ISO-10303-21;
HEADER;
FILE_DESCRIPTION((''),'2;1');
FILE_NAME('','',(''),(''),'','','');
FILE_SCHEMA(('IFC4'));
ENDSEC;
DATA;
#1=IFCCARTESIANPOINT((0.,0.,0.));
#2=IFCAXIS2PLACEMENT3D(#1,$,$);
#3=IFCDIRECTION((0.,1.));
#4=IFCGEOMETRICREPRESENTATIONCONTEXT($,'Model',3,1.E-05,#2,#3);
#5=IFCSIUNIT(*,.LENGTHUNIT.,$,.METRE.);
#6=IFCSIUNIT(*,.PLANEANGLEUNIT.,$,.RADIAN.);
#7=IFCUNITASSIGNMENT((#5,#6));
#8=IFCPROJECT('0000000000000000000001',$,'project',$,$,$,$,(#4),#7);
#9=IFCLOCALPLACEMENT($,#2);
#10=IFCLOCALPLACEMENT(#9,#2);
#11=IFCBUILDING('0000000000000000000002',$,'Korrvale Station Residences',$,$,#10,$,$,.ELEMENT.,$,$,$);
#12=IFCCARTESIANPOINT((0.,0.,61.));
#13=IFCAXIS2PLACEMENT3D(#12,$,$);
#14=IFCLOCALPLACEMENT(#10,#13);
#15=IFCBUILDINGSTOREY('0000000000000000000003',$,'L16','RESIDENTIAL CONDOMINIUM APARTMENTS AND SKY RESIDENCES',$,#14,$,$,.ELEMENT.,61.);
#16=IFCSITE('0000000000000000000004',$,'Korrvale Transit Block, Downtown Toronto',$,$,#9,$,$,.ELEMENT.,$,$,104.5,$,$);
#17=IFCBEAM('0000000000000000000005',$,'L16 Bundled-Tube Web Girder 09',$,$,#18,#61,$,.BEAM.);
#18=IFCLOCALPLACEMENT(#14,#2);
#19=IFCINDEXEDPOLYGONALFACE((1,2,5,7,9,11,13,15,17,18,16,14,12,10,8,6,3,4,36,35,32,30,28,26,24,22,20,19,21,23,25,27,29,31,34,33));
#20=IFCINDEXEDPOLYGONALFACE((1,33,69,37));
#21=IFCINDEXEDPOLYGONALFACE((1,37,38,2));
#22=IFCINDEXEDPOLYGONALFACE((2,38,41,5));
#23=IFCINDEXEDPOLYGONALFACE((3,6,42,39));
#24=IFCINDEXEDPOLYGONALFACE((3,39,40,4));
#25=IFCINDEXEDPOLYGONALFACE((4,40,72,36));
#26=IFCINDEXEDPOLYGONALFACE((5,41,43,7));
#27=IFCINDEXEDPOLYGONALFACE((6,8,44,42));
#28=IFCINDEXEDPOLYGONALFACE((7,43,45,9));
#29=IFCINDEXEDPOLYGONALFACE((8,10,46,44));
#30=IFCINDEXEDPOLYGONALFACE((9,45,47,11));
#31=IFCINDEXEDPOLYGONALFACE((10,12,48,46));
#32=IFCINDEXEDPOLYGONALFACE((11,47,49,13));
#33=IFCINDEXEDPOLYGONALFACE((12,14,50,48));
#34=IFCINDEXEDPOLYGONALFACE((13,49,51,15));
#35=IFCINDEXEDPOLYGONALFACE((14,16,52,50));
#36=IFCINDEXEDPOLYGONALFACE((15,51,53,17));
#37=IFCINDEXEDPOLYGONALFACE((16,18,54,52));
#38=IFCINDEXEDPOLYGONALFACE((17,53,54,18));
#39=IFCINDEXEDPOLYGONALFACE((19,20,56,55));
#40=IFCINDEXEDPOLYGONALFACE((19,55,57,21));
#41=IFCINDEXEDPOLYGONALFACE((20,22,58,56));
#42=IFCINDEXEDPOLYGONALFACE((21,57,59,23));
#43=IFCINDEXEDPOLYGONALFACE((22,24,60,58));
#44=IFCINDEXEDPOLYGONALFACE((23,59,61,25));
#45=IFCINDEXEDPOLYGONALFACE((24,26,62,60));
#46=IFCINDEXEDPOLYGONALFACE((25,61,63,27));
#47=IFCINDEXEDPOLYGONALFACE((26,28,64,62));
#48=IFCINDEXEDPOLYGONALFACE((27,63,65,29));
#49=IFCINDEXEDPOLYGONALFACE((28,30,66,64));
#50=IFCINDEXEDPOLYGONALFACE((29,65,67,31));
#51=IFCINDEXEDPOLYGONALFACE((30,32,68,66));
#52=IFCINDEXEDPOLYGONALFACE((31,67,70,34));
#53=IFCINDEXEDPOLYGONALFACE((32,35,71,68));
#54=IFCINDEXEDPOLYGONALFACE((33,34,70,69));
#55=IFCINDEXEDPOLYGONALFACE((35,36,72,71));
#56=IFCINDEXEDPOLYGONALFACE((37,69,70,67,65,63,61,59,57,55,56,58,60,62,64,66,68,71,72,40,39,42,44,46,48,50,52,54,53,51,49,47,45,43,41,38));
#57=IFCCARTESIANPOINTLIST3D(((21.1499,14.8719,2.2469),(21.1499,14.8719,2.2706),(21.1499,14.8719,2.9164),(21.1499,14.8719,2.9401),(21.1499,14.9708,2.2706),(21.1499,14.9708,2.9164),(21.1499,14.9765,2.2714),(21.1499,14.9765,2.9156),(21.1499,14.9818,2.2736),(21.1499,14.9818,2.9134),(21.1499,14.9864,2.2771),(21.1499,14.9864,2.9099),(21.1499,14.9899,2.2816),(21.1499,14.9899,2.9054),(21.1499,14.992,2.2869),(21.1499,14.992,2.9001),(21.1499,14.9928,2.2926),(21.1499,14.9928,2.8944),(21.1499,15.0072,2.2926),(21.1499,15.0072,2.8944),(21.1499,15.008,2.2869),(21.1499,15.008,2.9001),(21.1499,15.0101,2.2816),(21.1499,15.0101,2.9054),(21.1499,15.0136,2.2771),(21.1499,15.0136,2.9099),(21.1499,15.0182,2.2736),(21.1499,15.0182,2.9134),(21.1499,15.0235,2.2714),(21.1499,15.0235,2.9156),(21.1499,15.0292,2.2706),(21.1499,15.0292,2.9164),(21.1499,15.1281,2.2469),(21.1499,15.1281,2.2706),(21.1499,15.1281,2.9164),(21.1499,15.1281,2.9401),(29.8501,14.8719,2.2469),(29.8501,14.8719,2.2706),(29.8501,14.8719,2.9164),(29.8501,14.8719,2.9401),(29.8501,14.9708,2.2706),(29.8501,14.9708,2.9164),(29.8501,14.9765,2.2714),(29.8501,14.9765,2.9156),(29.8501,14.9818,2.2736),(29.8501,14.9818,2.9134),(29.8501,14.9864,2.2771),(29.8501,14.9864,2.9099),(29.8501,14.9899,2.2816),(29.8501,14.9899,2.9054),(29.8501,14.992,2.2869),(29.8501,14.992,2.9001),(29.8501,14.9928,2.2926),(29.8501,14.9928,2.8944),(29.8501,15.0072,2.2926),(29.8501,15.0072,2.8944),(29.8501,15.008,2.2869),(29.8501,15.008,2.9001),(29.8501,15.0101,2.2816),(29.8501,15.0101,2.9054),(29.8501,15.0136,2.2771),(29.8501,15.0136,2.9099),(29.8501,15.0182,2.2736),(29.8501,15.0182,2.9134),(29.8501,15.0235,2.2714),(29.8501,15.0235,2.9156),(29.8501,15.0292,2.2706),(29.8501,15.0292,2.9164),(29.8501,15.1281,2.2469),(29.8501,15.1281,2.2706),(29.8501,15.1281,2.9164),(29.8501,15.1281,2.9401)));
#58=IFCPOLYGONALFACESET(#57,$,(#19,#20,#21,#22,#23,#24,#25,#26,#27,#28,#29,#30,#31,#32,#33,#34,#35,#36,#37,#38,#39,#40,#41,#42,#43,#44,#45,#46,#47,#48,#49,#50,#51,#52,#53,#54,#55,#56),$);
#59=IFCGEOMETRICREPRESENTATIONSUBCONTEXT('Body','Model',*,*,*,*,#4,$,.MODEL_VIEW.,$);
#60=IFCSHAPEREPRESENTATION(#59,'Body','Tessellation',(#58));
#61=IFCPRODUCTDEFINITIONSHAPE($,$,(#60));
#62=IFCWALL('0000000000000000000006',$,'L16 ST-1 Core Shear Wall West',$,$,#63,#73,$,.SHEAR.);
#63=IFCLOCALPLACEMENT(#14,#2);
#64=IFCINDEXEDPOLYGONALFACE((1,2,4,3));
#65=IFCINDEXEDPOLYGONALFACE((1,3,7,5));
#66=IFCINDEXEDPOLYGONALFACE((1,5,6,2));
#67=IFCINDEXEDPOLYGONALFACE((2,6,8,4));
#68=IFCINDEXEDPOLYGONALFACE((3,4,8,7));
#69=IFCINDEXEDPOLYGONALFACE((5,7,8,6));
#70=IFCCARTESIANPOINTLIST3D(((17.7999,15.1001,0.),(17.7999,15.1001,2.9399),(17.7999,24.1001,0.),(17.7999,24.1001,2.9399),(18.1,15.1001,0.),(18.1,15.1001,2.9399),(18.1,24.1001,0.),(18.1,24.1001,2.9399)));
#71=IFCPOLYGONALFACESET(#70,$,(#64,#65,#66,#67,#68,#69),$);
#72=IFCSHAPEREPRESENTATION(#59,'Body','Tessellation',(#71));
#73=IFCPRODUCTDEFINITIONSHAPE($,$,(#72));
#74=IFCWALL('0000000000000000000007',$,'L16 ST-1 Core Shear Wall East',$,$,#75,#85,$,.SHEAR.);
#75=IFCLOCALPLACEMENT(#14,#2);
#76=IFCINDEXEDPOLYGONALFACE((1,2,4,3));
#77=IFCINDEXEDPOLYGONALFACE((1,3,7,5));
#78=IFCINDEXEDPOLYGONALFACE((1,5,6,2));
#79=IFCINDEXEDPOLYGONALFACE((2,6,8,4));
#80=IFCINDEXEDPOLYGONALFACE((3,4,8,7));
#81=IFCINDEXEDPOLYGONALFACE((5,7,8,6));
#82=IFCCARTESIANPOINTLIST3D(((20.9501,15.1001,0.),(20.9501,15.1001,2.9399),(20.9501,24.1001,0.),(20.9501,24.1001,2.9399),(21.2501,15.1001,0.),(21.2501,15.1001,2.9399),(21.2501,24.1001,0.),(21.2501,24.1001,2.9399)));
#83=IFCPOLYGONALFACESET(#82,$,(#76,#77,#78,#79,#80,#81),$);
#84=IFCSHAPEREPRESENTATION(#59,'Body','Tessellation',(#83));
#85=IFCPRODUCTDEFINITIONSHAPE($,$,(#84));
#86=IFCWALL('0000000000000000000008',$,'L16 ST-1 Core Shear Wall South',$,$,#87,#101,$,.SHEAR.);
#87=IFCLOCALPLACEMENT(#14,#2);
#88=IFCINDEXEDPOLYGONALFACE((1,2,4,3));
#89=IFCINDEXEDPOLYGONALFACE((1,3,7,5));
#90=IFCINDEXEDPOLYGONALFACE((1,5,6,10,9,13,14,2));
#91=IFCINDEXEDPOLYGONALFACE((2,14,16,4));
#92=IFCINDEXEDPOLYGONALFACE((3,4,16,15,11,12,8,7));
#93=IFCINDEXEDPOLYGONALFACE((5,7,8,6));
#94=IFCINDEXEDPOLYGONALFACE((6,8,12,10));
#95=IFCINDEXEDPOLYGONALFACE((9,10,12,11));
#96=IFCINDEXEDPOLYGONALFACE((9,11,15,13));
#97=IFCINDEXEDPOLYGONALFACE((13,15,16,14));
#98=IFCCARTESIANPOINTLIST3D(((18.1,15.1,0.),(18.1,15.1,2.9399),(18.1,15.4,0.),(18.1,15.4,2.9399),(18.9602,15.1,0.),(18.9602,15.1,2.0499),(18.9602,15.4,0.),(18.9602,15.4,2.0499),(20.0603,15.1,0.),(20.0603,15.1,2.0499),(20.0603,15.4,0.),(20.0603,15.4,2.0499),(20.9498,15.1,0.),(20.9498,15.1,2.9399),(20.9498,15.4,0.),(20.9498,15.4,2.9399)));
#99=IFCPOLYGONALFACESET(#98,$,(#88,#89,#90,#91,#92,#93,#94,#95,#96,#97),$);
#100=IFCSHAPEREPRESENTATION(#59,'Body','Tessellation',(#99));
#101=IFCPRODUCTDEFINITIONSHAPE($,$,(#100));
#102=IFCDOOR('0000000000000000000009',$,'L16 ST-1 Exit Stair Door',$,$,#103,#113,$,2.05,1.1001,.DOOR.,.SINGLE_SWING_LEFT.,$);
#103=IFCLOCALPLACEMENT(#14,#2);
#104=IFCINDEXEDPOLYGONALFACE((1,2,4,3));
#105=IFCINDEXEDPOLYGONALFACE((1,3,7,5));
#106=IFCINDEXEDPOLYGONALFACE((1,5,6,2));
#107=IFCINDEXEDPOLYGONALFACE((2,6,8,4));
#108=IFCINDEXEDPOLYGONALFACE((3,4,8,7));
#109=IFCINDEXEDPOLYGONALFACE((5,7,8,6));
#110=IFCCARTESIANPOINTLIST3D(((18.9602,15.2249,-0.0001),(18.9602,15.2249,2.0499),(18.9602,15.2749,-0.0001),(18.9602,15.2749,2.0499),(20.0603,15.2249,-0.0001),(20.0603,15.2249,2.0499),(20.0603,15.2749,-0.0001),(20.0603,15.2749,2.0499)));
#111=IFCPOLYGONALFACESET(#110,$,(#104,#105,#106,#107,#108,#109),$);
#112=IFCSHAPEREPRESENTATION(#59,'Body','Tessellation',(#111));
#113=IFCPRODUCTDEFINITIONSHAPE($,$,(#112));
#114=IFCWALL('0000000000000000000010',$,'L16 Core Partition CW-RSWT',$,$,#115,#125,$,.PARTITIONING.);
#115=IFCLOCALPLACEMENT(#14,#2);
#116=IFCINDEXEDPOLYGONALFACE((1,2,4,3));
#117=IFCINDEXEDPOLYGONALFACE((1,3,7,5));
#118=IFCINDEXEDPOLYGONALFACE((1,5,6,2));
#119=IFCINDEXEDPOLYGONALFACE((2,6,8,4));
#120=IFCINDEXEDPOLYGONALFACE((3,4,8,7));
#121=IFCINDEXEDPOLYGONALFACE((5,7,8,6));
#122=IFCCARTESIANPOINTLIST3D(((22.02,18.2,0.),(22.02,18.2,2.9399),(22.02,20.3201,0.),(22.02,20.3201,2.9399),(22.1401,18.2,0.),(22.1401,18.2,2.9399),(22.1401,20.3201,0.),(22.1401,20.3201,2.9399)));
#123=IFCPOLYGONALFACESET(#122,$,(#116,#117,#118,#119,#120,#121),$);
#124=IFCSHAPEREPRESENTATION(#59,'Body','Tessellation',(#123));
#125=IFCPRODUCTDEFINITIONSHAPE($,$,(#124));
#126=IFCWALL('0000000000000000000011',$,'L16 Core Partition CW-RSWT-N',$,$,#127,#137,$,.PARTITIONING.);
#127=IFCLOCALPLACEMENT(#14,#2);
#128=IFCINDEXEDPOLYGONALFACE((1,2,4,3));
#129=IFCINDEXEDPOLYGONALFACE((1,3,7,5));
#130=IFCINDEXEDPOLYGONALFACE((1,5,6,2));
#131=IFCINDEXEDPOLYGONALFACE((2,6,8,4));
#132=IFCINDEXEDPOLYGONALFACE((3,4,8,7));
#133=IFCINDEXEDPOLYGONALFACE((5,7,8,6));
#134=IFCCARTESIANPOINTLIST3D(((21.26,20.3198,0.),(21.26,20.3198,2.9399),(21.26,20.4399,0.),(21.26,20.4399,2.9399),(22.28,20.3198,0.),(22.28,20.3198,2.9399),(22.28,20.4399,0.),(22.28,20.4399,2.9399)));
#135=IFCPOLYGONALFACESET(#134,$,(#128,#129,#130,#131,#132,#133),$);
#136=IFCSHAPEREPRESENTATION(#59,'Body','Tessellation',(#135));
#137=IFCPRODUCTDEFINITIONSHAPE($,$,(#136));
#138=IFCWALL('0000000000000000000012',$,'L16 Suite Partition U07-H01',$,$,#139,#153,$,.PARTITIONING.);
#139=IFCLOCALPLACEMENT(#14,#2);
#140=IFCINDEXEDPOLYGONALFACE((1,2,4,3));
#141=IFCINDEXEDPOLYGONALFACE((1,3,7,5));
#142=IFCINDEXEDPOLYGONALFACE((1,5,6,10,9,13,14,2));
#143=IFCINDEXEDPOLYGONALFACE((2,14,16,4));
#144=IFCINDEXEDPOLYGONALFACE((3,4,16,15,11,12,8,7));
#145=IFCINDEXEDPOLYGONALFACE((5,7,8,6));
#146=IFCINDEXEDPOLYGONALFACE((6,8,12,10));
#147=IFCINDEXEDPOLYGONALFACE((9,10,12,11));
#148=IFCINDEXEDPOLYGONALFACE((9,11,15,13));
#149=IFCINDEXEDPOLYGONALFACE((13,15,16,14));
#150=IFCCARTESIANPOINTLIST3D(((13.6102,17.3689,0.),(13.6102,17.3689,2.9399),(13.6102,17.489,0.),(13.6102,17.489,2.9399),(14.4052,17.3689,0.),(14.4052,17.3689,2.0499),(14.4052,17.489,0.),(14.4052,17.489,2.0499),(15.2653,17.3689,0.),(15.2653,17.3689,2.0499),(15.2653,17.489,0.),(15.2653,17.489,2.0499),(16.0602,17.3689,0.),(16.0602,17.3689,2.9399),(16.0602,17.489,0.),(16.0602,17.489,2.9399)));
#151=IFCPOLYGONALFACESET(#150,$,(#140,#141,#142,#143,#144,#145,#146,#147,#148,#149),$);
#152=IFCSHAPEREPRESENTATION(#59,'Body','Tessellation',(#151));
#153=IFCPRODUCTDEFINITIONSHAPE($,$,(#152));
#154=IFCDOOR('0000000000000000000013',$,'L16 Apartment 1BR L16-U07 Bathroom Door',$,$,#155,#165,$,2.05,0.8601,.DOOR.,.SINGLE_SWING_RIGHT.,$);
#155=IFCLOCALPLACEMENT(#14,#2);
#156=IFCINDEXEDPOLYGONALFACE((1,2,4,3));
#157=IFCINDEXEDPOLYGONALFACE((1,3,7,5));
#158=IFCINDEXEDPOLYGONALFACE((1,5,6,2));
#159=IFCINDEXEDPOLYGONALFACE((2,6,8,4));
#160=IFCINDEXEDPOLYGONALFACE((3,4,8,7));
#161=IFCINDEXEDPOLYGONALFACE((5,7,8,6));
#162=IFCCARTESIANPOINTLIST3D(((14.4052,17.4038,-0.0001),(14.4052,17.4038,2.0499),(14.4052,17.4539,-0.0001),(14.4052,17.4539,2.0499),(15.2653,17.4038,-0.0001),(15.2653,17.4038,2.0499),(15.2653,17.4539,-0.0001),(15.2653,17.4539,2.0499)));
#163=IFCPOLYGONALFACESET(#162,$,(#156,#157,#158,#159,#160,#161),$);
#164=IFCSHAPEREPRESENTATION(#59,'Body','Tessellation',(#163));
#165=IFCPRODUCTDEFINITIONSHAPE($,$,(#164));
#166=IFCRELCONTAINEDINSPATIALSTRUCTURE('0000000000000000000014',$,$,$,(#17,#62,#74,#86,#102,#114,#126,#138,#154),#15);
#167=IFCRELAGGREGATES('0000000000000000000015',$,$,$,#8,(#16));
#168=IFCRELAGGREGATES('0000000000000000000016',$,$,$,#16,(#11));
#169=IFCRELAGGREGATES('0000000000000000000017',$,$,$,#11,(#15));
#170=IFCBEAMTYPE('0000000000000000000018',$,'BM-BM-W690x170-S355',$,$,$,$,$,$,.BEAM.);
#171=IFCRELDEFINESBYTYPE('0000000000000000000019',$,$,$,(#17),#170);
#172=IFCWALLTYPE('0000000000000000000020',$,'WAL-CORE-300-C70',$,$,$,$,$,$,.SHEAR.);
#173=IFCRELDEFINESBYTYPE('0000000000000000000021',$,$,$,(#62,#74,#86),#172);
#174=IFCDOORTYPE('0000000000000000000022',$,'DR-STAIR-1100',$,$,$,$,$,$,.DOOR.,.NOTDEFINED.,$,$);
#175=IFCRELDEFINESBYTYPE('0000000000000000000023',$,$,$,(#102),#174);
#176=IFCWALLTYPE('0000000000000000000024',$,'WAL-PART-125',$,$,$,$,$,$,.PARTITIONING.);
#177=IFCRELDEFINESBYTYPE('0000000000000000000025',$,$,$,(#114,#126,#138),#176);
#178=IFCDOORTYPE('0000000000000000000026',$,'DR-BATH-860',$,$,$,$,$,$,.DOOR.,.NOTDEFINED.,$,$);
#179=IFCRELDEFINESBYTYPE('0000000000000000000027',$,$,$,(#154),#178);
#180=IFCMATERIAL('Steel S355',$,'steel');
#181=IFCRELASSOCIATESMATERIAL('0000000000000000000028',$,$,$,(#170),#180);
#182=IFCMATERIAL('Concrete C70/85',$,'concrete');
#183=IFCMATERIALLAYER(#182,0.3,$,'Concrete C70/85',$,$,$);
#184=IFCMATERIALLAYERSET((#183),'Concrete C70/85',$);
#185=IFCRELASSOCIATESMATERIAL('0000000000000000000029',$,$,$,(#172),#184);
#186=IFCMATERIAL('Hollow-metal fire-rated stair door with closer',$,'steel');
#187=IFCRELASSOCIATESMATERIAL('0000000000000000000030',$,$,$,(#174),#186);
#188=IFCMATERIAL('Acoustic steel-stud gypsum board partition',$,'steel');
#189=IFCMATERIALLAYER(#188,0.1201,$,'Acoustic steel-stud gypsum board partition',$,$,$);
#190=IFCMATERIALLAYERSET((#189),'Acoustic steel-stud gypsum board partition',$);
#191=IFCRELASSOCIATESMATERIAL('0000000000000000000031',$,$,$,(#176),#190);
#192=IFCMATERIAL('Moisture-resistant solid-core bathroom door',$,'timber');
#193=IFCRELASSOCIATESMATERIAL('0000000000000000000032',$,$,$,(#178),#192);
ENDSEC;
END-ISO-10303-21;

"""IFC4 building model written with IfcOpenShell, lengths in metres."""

from ifc_helpers import new_model, si_unit, direction, frame, frame_2d, origin, origin_2d, place, context, subcontext, project, spatial, rectangle, i_section, extrude, material, layer, layer_set, material_profile, profile_set, type_object, element, fill, save


model = new_model("IFC4")

# Units and contexts
model_context = context("Model", 3, precision=1e-05, world=origin(), true_north=direction((0.0, 1.0)))
body_context = subcontext(model_context, "Body", "Model", "MODEL_VIEW")
ifc_project = project(units=[si_unit("LENGTHUNIT", "METRE"), si_unit("PLANEANGLEUNIT", "RADIAN")], contexts=[model_context])

# Site, building, storey
site_placement = place(None, origin())
site = spatial("IfcSite", under=ifc_project, at=site_placement, Name="Korrvale Transit Block, Downtown Toronto", CompositionType="ELEMENT", RefElevation=104.5)
building_placement = place(site_placement, origin())
building = spatial("IfcBuilding", under=site, at=building_placement, Name="Korrvale Station Residences", CompositionType="ELEMENT")
storey_placement = place(building_placement, frame((0.0, 0.0, 61.0)))
storey = spatial("IfcBuildingStorey", under=building, at=storey_placement, Name="L16", Description="RESIDENTIAL CONDOMINIUM APARTMENTS AND SKY RESIDENCES", CompositionType="ELEMENT", Elevation=61.0)

# Beam
ifc_material_1 = material(Name="Steel S355", Category="steel")
ifc_material_profile = material_profile(ifc_material_1, i_section(OverallWidth=0.2561, OverallDepth=0.6931, WebThickness=0.0144, FlangeThickness=0.0237, FilletRadius=0.022, at=origin_2d()), Name="W690x170")
ifc_profile_set = profile_set([ifc_material_profile], Name="Steel S355")
beam_type = type_object("IfcBeamType", Name="BM-BM-W690x170-S355", PredefinedType="BEAM", material=ifc_profile_set)
beam_placement = place(storey_placement, frame((21.1499, 15.0, 2.5935), z_axis=(1.0, 0.0, 0.0), x_axis=(0.0, 1.0, 0.0)))
element("IfcBeam", 1, at=beam_placement, inside=storey, type_object=beam_type, Name="L16 Bundled-Tube Web Girder 09", PredefinedType="BEAM", context=body_context, shape_type="SweptSolid", body=[
    extrude(i_section(OverallWidth=0.2561, OverallDepth=0.6931, WebThickness=0.0144, FlangeThickness=0.0237, FilletRadius=0.022, at=origin_2d()), origin(), (0.0, 0.0, 1.0), 8.7002),
])

# Walls
ifc_material_2 = material(Name="Concrete C70/85", Category="concrete")
ifc_layer_1 = layer(ifc_material_2, 0.3, Name="Concrete C70/85")
ifc_layer_set_1 = layer_set([ifc_layer_1], Name="Concrete C70/85")
wall_type_1 = type_object("IfcWallType", Name="WAL-CORE-300-C70", PredefinedType="SHEAR", material=ifc_layer_set_1)
for number, where, z_axis, x_axis, name in (
    (2, (17.95, 15.1001, 0.0), (0.0, 0.0, 1.0), (0.0, 1.0, 0.0), "L16 ST-1 Core Shear Wall West"),
    (3, (21.1001, 15.1001, 0.0), (0.0, 0.0, 1.0), (0.0, 1.0, 0.0), "L16 ST-1 Core Shear Wall East"),
):
    element("IfcWall", number, at=place(storey_placement, frame(where, z_axis=z_axis, x_axis=x_axis)), inside=storey, type_object=wall_type_1, Name=name, PredefinedType="SHEAR", context=body_context, shape_type="SweptSolid", body=[
        extrude(rectangle(XDim=9.0, YDim=0.3, at=frame_2d((4.5, 0.0))), origin(), (0.0, 0.0, 1.0), 2.9399),
    ])

# Wall, opening, door
wall_1_placement = place(storey_placement, frame((18.1001, 15.25, 0.0), z_axis=(0.0, 0.0, 1.0), x_axis=(1.0, 0.0, 0.0)))
wall_1 = element("IfcWall", 4, at=wall_1_placement, inside=storey, type_object=wall_type_1, Name="L16 ST-1 Core Shear Wall South", PredefinedType="SHEAR", context=body_context, shape_type="SweptSolid", body=[
    extrude(rectangle(XDim=2.8499, YDim=0.3, at=frame_2d((1.4248, 0.0))), origin(), (0.0, 0.0, 1.0), 2.9399),
])
opening_1_placement = place(wall_1_placement, frame((0.8601, 0.0, 0.0)))
opening_1 = element("IfcOpeningElement", 5, at=opening_1_placement, cuts=wall_1, PredefinedType="OPENING", context=body_context, shape_type="SweptSolid", body=[
    extrude(rectangle(XDim=1.1001, YDim=2.05, at=frame_2d((0.55, 1.0249))), frame((0.0, 0.1602, 0.0), z_axis=(0.0, -1.0, 0.0), x_axis=(1.0, 0.0, 0.0)), (0.0, 0.0, 1.0), 0.3201),
])
ifc_material_3 = material(Name="Hollow-metal fire-rated stair door with closer", Category="steel")
door_type_1 = type_object("IfcDoorType", Name="DR-STAIR-1100", OperationType="NOTDEFINED", PredefinedType="DOOR", material=ifc_material_3)
door_1_placement = place(opening_1_placement, origin())
door_1 = element("IfcDoor", 6, at=door_1_placement, inside=storey, type_object=door_type_1, Name="L16 ST-1 Exit Stair Door", OperationType="SINGLE_SWING_LEFT", OverallHeight=2.05, OverallWidth=1.1001, PredefinedType="DOOR", context=body_context, shape_type="SweptSolid", body=[
    extrude(rectangle(XDim=1.1001, YDim=2.05, at=frame_2d((0.55, 1.0249))), frame((0.0, 0.0249, 0.0), z_axis=(0.0, -1.0, 0.0), x_axis=(1.0, 0.0, 0.0)), (0.0, 0.0, 1.0), 0.05),
])
fill(opening_1, door_1)

# Walls
ifc_material_4 = material(Name="Acoustic steel-stud gypsum board partition", Category="steel")
ifc_layer_2 = layer(ifc_material_4, 0.1201, Name="Acoustic steel-stud gypsum board partition")
ifc_layer_set_2 = layer_set([ifc_layer_2], Name="Acoustic steel-stud gypsum board partition")
wall_type_2 = type_object("IfcWallType", Name="WAL-PART-125", PredefinedType="PARTITIONING", material=ifc_layer_set_2)
wall_2_placement = place(storey_placement, frame((22.0801, 18.2, 0.0), z_axis=(0.0, 0.0, 1.0), x_axis=(0.0, 1.0, 0.0)))
element("IfcWall", 7, at=wall_2_placement, inside=storey, type_object=wall_type_2, Name="L16 Core Partition CW-RSWT", PredefinedType="PARTITIONING", context=body_context, shape_type="SweptSolid", body=[
    extrude(rectangle(XDim=2.1201, YDim=0.1201, at=frame_2d((1.0601, 0.0))), origin(), (0.0, 0.0, 1.0), 2.9399),
])
wall_3_placement = place(storey_placement, frame((22.28, 20.3799, 0.0), z_axis=(0.0, 0.0, 1.0), x_axis=(-1.0, 0.0, 0.0)))
element("IfcWall", 8, at=wall_3_placement, inside=storey, type_object=wall_type_2, Name="L16 Core Partition CW-RSWT-N", PredefinedType="PARTITIONING", context=body_context, shape_type="SweptSolid", body=[
    extrude(rectangle(XDim=1.02, YDim=0.1201, at=frame_2d((0.51, 0.0))), origin(), (0.0, 0.0, 1.0), 2.9399),
])

# Wall, opening, door
wall_4_placement = place(storey_placement, frame((13.6101, 17.429, 0.0), z_axis=(0.0, 0.0, 1.0), x_axis=(1.0, 0.0, 0.0)))
wall_4 = element("IfcWall", 9, at=wall_4_placement, inside=storey, type_object=wall_type_2, Name="L16 Suite Partition U07-H01", PredefinedType="PARTITIONING", context=body_context, shape_type="SweptSolid", body=[
    extrude(rectangle(XDim=2.45, YDim=0.1201, at=frame_2d((1.2251, 0.0))), origin(), (0.0, 0.0, 1.0), 2.9399),
])
opening_2_placement = place(wall_4_placement, frame((0.7949, 0.0, 0.0)))
opening_2 = element("IfcOpeningElement", 10, at=opening_2_placement, cuts=wall_4, PredefinedType="OPENING", context=body_context, shape_type="SweptSolid", body=[
    extrude(rectangle(XDim=0.8601, YDim=2.05, at=frame_2d((0.4302, 1.0249))), frame((0.0, 0.0701, 0.0), z_axis=(0.0, -1.0, 0.0), x_axis=(1.0, 0.0, 0.0)), (0.0, 0.0, 1.0), 0.1401),
])
ifc_material_5 = material(Name="Moisture-resistant solid-core bathroom door", Category="timber")
door_type_2 = type_object("IfcDoorType", Name="DR-BATH-860", OperationType="NOTDEFINED", PredefinedType="DOOR", material=ifc_material_5)
door_2_placement = place(opening_2_placement, origin())
door_2 = element("IfcDoor", 11, at=door_2_placement, inside=storey, type_object=door_type_2, Name="L16 Apartment 1BR L16-U07 Bathroom Door", OperationType="SINGLE_SWING_RIGHT", OverallHeight=2.05, OverallWidth=0.8601, PredefinedType="DOOR", context=body_context, shape_type="SweptSolid", body=[
    extrude(rectangle(XDim=0.8601, YDim=2.05, at=frame_2d((0.4302, 1.0249))), frame((0.0, 0.0249, 0.0), z_axis=(0.0, -1.0, 0.0), x_axis=(1.0, 0.0, 0.0)), (0.0, 0.0, 1.0), 0.05),
])
fill(opening_2, door_2)

save(model, "model.ifc")
